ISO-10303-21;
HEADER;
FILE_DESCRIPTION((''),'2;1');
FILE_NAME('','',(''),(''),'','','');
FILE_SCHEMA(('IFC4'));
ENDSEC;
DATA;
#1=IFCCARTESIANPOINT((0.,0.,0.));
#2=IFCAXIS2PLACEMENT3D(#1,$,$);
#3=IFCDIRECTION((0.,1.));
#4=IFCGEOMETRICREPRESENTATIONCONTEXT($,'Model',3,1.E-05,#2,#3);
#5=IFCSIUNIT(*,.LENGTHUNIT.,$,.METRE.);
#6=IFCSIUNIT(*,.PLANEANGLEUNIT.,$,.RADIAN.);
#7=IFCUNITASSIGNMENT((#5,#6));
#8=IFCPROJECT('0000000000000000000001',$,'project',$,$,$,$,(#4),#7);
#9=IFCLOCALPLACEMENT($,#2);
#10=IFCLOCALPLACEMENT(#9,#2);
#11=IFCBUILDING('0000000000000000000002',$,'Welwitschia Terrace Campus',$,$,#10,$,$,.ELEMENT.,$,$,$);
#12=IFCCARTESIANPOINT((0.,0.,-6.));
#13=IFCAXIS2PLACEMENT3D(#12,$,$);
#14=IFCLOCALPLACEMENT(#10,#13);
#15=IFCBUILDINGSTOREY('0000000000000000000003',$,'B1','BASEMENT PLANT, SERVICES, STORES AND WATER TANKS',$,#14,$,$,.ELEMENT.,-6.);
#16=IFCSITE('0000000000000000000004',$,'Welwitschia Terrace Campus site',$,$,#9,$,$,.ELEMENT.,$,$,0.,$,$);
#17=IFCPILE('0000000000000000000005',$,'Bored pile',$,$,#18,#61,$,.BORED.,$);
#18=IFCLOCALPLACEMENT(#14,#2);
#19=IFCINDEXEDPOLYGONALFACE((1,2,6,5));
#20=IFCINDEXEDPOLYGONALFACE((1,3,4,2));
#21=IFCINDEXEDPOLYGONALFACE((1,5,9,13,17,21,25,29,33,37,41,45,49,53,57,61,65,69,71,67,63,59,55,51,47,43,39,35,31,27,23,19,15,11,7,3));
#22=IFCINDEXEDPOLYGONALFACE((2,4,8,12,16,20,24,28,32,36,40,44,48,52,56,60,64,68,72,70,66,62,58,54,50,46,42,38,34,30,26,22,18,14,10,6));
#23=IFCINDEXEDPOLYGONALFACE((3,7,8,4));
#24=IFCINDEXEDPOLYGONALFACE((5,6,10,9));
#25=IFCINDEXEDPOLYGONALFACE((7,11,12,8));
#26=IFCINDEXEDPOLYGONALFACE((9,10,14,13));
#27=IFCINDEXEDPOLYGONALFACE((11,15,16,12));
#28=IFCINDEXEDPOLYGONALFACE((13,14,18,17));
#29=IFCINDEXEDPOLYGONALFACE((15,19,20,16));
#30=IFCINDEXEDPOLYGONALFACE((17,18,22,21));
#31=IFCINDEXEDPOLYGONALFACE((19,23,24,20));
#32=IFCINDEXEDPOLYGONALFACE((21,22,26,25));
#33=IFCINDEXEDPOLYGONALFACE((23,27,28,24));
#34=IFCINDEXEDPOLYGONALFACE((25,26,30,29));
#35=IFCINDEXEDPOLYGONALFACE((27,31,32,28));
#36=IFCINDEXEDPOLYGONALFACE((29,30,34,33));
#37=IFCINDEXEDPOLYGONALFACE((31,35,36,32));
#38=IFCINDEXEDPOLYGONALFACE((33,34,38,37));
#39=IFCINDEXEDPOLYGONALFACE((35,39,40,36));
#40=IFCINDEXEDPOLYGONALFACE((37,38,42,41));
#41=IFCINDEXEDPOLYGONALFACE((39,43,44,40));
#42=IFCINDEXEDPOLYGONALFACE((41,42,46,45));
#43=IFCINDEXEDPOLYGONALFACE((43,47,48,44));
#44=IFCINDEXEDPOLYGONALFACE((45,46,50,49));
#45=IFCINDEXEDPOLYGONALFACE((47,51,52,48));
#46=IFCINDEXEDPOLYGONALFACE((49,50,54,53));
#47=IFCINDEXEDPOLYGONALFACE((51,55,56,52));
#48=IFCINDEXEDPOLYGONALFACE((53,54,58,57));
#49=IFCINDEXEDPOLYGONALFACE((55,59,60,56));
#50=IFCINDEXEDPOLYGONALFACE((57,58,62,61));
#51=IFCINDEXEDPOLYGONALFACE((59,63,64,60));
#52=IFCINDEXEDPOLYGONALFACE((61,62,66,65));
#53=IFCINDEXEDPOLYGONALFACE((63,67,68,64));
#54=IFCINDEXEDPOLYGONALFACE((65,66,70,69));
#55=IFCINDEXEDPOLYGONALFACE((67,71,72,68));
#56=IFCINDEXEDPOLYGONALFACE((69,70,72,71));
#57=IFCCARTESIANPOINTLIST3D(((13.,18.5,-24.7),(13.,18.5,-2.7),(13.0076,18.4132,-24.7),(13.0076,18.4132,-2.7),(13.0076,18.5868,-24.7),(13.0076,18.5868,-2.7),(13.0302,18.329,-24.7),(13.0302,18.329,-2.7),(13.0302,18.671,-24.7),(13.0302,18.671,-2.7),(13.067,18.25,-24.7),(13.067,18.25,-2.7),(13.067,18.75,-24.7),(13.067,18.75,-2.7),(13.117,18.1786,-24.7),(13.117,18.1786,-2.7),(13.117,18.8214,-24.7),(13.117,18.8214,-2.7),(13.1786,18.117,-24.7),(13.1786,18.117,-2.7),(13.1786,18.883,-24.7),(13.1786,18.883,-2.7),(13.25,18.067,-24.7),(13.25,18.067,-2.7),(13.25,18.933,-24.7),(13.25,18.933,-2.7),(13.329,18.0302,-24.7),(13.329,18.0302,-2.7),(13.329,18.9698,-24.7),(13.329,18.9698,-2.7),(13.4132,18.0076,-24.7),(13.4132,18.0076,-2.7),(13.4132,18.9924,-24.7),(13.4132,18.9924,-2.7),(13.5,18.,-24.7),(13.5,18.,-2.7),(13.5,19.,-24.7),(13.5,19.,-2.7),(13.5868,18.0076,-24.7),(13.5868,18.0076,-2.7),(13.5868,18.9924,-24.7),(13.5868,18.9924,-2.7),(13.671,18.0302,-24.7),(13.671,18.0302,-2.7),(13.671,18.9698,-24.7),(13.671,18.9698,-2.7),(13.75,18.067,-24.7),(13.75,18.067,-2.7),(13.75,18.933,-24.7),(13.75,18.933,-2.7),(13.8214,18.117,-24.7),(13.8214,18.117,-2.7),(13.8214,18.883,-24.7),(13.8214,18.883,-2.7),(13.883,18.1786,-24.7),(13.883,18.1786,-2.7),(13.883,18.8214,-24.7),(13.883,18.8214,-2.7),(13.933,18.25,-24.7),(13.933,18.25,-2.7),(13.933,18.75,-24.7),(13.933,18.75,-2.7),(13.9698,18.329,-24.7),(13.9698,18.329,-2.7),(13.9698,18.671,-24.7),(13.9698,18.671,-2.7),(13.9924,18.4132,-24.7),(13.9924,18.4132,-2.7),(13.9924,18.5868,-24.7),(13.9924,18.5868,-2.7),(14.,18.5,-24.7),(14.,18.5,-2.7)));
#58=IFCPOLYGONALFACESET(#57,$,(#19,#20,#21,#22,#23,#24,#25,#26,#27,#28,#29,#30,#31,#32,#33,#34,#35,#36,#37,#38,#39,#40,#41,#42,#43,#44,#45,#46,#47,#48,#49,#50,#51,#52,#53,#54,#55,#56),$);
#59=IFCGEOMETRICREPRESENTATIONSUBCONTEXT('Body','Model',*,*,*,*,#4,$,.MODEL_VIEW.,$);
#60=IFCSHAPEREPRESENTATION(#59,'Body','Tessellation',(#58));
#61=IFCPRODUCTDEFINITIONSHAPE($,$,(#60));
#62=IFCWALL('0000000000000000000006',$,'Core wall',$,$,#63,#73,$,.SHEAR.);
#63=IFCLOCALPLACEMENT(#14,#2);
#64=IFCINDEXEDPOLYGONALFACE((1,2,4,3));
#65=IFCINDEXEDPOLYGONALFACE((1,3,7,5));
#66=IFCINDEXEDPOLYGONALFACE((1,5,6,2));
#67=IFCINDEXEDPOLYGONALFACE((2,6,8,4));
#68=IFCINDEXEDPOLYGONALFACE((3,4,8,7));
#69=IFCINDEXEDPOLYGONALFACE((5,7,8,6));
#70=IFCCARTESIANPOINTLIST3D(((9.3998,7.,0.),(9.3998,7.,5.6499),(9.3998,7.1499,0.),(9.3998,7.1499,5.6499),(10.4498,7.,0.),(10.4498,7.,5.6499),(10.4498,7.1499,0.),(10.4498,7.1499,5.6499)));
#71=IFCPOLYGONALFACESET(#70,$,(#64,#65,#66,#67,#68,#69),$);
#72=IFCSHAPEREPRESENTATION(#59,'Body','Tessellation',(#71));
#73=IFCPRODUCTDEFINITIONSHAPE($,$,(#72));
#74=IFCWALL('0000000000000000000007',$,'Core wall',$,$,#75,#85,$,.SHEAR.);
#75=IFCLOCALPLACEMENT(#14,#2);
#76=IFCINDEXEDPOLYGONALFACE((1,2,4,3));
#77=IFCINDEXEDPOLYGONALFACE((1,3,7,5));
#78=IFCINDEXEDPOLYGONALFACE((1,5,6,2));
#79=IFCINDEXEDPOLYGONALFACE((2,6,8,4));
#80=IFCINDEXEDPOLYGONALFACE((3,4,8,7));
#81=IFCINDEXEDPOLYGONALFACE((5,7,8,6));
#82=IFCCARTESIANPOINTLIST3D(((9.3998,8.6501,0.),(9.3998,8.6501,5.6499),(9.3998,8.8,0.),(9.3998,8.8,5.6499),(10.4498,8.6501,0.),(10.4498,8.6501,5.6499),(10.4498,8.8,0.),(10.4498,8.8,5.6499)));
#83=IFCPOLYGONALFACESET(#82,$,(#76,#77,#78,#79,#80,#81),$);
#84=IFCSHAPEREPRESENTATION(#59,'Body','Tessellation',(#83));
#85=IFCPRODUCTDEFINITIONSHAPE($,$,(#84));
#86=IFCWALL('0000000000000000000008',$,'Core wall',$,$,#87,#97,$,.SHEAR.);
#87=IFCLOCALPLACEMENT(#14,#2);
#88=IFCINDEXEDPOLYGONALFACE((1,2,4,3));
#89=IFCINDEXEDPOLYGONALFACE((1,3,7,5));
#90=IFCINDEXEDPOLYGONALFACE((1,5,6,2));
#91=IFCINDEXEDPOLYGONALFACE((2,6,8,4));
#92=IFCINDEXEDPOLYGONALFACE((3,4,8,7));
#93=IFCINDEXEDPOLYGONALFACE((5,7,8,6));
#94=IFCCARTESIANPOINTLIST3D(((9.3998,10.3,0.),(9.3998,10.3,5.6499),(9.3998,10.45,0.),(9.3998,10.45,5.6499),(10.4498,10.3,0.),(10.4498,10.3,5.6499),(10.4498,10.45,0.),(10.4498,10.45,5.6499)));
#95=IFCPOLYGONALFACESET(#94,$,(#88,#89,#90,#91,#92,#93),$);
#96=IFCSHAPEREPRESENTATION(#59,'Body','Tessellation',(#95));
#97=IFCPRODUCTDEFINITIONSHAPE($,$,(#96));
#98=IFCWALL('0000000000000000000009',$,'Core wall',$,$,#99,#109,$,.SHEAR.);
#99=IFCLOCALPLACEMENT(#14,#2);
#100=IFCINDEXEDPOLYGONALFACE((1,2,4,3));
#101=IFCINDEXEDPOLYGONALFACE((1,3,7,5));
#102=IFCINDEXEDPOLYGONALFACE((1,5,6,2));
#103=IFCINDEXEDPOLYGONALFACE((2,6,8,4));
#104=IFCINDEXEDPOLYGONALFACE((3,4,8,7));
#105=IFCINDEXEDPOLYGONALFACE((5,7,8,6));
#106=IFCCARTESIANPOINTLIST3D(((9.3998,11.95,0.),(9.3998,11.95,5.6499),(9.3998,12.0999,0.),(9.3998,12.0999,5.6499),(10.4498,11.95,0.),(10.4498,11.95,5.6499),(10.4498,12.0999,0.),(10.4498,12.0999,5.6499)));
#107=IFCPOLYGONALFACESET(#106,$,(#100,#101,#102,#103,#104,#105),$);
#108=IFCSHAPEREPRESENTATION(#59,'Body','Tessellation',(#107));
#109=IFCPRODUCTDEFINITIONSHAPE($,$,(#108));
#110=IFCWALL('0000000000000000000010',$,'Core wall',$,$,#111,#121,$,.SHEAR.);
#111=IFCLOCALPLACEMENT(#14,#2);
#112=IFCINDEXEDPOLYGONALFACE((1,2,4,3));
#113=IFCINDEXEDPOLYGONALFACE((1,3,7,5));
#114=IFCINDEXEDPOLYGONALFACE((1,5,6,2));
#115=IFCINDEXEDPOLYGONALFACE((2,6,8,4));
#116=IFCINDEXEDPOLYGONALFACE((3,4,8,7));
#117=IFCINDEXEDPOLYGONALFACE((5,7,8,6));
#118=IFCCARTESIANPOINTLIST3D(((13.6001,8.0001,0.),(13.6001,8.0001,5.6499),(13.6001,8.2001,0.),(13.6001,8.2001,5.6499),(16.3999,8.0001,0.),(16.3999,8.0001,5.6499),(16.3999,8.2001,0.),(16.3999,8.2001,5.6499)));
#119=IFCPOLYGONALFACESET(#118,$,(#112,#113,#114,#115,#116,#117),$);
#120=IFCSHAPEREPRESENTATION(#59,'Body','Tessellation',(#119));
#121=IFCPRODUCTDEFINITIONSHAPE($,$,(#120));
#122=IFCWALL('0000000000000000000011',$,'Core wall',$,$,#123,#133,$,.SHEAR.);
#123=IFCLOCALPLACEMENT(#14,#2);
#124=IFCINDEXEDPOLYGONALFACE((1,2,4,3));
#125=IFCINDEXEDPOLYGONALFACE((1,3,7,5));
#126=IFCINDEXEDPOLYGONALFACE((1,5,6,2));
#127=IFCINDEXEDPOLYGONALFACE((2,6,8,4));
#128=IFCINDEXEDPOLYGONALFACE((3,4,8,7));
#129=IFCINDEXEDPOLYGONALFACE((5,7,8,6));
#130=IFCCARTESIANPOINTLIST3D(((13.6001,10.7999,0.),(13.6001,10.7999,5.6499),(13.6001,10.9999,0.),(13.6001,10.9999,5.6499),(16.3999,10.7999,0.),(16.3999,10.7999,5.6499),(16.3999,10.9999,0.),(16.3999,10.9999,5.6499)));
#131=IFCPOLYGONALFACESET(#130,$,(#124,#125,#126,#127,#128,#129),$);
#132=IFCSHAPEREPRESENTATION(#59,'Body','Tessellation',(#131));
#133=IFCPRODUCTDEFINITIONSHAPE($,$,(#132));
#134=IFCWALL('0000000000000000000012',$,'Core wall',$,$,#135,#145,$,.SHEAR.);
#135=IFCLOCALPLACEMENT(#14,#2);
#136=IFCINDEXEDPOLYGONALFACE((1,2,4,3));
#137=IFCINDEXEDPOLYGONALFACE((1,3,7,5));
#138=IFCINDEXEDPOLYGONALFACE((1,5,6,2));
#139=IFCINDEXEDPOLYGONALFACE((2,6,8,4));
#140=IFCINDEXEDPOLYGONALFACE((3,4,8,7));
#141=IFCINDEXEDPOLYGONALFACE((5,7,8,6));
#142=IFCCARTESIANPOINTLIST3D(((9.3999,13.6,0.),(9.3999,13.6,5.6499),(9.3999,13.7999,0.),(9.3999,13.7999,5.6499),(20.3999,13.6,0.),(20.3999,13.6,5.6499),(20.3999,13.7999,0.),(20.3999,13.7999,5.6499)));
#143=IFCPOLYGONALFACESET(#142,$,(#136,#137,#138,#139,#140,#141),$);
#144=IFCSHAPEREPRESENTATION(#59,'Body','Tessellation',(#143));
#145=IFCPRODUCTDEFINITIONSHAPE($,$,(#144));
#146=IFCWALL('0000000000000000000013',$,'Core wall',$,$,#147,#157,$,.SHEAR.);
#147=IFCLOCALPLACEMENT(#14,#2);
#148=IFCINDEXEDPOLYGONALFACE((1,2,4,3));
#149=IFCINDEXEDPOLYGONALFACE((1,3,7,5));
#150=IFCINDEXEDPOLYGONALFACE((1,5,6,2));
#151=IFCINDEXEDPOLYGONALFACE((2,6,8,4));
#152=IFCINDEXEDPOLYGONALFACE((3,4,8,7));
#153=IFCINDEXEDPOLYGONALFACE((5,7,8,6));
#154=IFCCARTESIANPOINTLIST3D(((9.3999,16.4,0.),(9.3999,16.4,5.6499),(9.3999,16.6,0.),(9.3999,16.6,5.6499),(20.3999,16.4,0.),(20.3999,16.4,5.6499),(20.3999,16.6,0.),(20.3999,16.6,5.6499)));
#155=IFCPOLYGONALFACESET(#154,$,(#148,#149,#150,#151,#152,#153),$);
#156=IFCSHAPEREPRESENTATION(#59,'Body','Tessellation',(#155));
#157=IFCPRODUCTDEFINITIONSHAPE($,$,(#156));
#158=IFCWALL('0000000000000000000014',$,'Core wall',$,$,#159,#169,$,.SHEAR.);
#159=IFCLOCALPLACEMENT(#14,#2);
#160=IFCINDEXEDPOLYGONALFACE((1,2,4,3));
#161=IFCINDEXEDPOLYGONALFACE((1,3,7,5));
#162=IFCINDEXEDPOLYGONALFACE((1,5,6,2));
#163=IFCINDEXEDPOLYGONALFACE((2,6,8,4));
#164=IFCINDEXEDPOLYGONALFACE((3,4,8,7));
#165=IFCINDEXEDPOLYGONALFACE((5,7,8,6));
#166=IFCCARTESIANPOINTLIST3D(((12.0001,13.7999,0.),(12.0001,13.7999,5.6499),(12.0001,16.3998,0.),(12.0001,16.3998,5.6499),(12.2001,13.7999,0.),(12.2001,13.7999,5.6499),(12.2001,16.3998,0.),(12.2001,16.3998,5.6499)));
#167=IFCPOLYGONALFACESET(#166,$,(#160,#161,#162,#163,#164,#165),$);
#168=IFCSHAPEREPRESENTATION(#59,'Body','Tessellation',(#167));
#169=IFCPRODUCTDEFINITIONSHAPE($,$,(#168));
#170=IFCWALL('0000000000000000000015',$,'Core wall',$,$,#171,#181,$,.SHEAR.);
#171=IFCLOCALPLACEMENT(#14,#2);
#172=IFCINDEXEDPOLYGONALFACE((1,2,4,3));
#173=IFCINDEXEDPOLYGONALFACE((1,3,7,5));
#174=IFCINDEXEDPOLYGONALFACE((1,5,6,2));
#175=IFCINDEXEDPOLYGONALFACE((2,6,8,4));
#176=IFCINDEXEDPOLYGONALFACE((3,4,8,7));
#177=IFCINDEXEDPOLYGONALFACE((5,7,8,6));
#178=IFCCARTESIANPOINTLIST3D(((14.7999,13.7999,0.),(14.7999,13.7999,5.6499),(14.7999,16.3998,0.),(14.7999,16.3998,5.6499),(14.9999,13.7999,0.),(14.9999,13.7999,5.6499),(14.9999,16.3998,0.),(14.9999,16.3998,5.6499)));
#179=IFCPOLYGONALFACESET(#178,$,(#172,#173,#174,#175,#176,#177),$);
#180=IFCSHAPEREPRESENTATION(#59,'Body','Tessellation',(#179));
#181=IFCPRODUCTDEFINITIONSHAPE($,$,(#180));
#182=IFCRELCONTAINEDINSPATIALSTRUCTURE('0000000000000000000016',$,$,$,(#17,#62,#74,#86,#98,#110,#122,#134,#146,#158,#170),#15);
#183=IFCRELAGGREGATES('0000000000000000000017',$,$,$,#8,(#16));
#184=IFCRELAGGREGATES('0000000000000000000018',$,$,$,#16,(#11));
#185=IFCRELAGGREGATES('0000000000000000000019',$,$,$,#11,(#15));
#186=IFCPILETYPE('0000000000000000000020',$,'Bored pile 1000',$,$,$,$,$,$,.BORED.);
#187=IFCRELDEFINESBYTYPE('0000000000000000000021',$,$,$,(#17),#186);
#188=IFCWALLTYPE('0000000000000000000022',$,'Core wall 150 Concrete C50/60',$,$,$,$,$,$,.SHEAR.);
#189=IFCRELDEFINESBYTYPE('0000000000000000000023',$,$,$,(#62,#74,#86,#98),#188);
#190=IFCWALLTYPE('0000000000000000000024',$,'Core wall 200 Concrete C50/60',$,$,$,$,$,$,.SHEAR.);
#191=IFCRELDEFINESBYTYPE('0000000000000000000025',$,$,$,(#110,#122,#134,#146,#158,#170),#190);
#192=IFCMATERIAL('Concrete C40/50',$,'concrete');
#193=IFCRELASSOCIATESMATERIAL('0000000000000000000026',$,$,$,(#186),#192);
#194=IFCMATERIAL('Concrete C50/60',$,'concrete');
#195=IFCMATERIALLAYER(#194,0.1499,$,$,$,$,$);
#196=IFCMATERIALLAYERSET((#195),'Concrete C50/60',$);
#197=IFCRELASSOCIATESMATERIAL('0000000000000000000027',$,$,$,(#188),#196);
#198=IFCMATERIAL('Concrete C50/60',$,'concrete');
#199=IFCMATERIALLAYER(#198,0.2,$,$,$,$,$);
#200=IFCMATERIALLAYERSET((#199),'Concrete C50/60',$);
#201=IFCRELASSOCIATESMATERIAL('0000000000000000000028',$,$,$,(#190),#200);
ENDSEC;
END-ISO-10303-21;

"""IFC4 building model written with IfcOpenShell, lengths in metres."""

from ifc_helpers import new_model, si_unit, direction, frame, frame_2d, origin, origin_2d, place, context, subcontext, project, spatial, rectangle, circle, extrude, material, layer, layer_set, type_object, element, save


model = new_model("IFC4")

# Units and contexts
model_context = context("Model", 3, precision=1e-05, world=origin(), true_north=direction((0.0, 1.0)))
body_context = subcontext(model_context, "Body", "Model", "MODEL_VIEW")
ifc_project = project(units=[si_unit("LENGTHUNIT", "METRE"), si_unit("PLANEANGLEUNIT", "RADIAN")], contexts=[model_context])

# Site, building, storey
site_placement = place(None, origin())
site = spatial("IfcSite", under=ifc_project, at=site_placement, Name="Welwitschia Terrace Campus site", CompositionType="ELEMENT", RefElevation=0.0)
building_placement = place(site_placement, origin())
building = spatial("IfcBuilding", under=site, at=building_placement, Name="Welwitschia Terrace Campus", CompositionType="ELEMENT")
storey_placement = place(building_placement, frame((0.0, 0.0, -6.0)))
storey = spatial("IfcBuildingStorey", under=building, at=storey_placement, Name="B1", Description="BASEMENT PLANT, SERVICES, STORES AND WATER TANKS", CompositionType="ELEMENT", Elevation=-6.0)

# Pile
ifc_material_1 = material(Name="Concrete C40/50", Category="concrete")
pile_type = type_object("IfcPileType", Name="Bored pile 1000", PredefinedType="BORED", material=ifc_material_1)
for number, where, z_axis, x_axis, name in (
    (1, (13.5, 18.5, -2.7), (0.0, 0.0, -1.0), (1.0, 0.0, 0.0), "Bored pile"),
):
    element("IfcPile", number, at=place(storey_placement, frame(where, z_axis=z_axis, x_axis=x_axis)), inside=storey, type_object=pile_type, Name=name, PredefinedType="BORED", context=body_context, shape_type="SweptSolid", body=[
        extrude(circle(Radius=0.5, at=origin_2d()), origin(), (0.0, 0.0, 1.0), 22.0),
    ])

# Walls
ifc_material_2 = material(Name="Concrete C50/60", Category="concrete")
ifc_layer_1 = layer(ifc_material_2, 0.1499)
ifc_layer_set_1 = layer_set([ifc_layer_1], Name="Concrete C50/60")
wall_type_1 = type_object("IfcWallType", Name="Core wall 150 Concrete C50/60", PredefinedType="SHEAR", material=ifc_layer_set_1)
for number, where, z_axis, x_axis, name in (
    (2, (9.3999, 7.075, 0.0), (0.0, 0.0, 1.0), (1.0, 0.0, 0.0), "Core wall"),
    (3, (9.3999, 8.7251, 0.0), (0.0, 0.0, 1.0), (1.0, 0.0, 0.0), "Core wall"),
    (4, (9.3999, 10.375, 0.0), (0.0, 0.0, 1.0), (1.0, 0.0, 0.0), "Core wall"),
    (5, (9.3999, 12.0249, 0.0), (0.0, 0.0, 1.0), (1.0, 0.0, 0.0), "Core wall"),
):
    element("IfcWall", number, at=place(storey_placement, frame(where, z_axis=z_axis, x_axis=x_axis)), inside=storey, type_object=wall_type_1, Name=name, PredefinedType="SHEAR", context=body_context, shape_type="SweptSolid", body=[
        extrude(rectangle(XDim=1.05, YDim=0.1499, at=frame_2d((0.5249, 0.0))), origin(), (0.0, 0.0, 1.0), 5.6499),
    ])
ifc_material_3 = material(Name="Concrete C50/60", Category="concrete")
ifc_layer_2 = layer(ifc_material_3, 0.2)
ifc_layer_set_2 = layer_set([ifc_layer_2], Name="Concrete C50/60")
wall_type_2 = type_object("IfcWallType", Name="Core wall 200 Concrete C50/60", PredefinedType="SHEAR", material=ifc_layer_set_2)
for number, where, z_axis, x_axis, name in (
    (6, (13.6001, 8.1001, 0.0), (0.0, 0.0, 1.0), (1.0, 0.0, 0.0), "Core wall"),
    (7, (13.6001, 10.8999, 0.0), (0.0, 0.0, 1.0), (1.0, 0.0, 0.0), "Core wall"),
):
    element("IfcWall", number, at=place(storey_placement, frame(where, z_axis=z_axis, x_axis=x_axis)), inside=storey, type_object=wall_type_2, Name=name, PredefinedType="SHEAR", context=body_context, shape_type="SweptSolid", body=[
        extrude(rectangle(XDim=2.7998, YDim=0.2, at=frame_2d((1.3999, 0.0))), origin(), (0.0, 0.0, 1.0), 5.6499),
    ])
for number, where, z_axis, x_axis, name in (
    (8, (9.3999, 13.7, 0.0), (0.0, 0.0, 1.0), (1.0, 0.0, 0.0), "Core wall"),
    (9, (9.3999, 16.5, 0.0), (0.0, 0.0, 1.0), (1.0, 0.0, 0.0), "Core wall"),
):
    element("IfcWall", number, at=place(storey_placement, frame(where, z_axis=z_axis, x_axis=x_axis)), inside=storey, type_object=wall_type_2, Name=name, PredefinedType="SHEAR", context=body_context, shape_type="SweptSolid", body=[
        extrude(rectangle(XDim=11.0, YDim=0.2, at=frame_2d((5.5, 0.0))), origin(), (0.0, 0.0, 1.0), 5.6499),
    ])
for number, where, z_axis, x_axis, name in (
    (10, (12.1001, 13.8, 0.0), (0.0, 0.0, 1.0), (0.0, 1.0, 0.0), "Core wall"),
    (11, (14.8999, 13.8, 0.0), (0.0, 0.0, 1.0), (0.0, 1.0, 0.0), "Core wall"),
):
    element("IfcWall", number, at=place(storey_placement, frame(where, z_axis=z_axis, x_axis=x_axis)), inside=storey, type_object=wall_type_2, Name=name, PredefinedType="SHEAR", context=body_context, shape_type="SweptSolid", body=[
        extrude(rectangle(XDim=2.5999, YDim=0.2, at=frame_2d((1.2998, 0.0))), origin(), (0.0, 0.0, 1.0), 5.6499),
    ])

save(model, "model.ifc")
